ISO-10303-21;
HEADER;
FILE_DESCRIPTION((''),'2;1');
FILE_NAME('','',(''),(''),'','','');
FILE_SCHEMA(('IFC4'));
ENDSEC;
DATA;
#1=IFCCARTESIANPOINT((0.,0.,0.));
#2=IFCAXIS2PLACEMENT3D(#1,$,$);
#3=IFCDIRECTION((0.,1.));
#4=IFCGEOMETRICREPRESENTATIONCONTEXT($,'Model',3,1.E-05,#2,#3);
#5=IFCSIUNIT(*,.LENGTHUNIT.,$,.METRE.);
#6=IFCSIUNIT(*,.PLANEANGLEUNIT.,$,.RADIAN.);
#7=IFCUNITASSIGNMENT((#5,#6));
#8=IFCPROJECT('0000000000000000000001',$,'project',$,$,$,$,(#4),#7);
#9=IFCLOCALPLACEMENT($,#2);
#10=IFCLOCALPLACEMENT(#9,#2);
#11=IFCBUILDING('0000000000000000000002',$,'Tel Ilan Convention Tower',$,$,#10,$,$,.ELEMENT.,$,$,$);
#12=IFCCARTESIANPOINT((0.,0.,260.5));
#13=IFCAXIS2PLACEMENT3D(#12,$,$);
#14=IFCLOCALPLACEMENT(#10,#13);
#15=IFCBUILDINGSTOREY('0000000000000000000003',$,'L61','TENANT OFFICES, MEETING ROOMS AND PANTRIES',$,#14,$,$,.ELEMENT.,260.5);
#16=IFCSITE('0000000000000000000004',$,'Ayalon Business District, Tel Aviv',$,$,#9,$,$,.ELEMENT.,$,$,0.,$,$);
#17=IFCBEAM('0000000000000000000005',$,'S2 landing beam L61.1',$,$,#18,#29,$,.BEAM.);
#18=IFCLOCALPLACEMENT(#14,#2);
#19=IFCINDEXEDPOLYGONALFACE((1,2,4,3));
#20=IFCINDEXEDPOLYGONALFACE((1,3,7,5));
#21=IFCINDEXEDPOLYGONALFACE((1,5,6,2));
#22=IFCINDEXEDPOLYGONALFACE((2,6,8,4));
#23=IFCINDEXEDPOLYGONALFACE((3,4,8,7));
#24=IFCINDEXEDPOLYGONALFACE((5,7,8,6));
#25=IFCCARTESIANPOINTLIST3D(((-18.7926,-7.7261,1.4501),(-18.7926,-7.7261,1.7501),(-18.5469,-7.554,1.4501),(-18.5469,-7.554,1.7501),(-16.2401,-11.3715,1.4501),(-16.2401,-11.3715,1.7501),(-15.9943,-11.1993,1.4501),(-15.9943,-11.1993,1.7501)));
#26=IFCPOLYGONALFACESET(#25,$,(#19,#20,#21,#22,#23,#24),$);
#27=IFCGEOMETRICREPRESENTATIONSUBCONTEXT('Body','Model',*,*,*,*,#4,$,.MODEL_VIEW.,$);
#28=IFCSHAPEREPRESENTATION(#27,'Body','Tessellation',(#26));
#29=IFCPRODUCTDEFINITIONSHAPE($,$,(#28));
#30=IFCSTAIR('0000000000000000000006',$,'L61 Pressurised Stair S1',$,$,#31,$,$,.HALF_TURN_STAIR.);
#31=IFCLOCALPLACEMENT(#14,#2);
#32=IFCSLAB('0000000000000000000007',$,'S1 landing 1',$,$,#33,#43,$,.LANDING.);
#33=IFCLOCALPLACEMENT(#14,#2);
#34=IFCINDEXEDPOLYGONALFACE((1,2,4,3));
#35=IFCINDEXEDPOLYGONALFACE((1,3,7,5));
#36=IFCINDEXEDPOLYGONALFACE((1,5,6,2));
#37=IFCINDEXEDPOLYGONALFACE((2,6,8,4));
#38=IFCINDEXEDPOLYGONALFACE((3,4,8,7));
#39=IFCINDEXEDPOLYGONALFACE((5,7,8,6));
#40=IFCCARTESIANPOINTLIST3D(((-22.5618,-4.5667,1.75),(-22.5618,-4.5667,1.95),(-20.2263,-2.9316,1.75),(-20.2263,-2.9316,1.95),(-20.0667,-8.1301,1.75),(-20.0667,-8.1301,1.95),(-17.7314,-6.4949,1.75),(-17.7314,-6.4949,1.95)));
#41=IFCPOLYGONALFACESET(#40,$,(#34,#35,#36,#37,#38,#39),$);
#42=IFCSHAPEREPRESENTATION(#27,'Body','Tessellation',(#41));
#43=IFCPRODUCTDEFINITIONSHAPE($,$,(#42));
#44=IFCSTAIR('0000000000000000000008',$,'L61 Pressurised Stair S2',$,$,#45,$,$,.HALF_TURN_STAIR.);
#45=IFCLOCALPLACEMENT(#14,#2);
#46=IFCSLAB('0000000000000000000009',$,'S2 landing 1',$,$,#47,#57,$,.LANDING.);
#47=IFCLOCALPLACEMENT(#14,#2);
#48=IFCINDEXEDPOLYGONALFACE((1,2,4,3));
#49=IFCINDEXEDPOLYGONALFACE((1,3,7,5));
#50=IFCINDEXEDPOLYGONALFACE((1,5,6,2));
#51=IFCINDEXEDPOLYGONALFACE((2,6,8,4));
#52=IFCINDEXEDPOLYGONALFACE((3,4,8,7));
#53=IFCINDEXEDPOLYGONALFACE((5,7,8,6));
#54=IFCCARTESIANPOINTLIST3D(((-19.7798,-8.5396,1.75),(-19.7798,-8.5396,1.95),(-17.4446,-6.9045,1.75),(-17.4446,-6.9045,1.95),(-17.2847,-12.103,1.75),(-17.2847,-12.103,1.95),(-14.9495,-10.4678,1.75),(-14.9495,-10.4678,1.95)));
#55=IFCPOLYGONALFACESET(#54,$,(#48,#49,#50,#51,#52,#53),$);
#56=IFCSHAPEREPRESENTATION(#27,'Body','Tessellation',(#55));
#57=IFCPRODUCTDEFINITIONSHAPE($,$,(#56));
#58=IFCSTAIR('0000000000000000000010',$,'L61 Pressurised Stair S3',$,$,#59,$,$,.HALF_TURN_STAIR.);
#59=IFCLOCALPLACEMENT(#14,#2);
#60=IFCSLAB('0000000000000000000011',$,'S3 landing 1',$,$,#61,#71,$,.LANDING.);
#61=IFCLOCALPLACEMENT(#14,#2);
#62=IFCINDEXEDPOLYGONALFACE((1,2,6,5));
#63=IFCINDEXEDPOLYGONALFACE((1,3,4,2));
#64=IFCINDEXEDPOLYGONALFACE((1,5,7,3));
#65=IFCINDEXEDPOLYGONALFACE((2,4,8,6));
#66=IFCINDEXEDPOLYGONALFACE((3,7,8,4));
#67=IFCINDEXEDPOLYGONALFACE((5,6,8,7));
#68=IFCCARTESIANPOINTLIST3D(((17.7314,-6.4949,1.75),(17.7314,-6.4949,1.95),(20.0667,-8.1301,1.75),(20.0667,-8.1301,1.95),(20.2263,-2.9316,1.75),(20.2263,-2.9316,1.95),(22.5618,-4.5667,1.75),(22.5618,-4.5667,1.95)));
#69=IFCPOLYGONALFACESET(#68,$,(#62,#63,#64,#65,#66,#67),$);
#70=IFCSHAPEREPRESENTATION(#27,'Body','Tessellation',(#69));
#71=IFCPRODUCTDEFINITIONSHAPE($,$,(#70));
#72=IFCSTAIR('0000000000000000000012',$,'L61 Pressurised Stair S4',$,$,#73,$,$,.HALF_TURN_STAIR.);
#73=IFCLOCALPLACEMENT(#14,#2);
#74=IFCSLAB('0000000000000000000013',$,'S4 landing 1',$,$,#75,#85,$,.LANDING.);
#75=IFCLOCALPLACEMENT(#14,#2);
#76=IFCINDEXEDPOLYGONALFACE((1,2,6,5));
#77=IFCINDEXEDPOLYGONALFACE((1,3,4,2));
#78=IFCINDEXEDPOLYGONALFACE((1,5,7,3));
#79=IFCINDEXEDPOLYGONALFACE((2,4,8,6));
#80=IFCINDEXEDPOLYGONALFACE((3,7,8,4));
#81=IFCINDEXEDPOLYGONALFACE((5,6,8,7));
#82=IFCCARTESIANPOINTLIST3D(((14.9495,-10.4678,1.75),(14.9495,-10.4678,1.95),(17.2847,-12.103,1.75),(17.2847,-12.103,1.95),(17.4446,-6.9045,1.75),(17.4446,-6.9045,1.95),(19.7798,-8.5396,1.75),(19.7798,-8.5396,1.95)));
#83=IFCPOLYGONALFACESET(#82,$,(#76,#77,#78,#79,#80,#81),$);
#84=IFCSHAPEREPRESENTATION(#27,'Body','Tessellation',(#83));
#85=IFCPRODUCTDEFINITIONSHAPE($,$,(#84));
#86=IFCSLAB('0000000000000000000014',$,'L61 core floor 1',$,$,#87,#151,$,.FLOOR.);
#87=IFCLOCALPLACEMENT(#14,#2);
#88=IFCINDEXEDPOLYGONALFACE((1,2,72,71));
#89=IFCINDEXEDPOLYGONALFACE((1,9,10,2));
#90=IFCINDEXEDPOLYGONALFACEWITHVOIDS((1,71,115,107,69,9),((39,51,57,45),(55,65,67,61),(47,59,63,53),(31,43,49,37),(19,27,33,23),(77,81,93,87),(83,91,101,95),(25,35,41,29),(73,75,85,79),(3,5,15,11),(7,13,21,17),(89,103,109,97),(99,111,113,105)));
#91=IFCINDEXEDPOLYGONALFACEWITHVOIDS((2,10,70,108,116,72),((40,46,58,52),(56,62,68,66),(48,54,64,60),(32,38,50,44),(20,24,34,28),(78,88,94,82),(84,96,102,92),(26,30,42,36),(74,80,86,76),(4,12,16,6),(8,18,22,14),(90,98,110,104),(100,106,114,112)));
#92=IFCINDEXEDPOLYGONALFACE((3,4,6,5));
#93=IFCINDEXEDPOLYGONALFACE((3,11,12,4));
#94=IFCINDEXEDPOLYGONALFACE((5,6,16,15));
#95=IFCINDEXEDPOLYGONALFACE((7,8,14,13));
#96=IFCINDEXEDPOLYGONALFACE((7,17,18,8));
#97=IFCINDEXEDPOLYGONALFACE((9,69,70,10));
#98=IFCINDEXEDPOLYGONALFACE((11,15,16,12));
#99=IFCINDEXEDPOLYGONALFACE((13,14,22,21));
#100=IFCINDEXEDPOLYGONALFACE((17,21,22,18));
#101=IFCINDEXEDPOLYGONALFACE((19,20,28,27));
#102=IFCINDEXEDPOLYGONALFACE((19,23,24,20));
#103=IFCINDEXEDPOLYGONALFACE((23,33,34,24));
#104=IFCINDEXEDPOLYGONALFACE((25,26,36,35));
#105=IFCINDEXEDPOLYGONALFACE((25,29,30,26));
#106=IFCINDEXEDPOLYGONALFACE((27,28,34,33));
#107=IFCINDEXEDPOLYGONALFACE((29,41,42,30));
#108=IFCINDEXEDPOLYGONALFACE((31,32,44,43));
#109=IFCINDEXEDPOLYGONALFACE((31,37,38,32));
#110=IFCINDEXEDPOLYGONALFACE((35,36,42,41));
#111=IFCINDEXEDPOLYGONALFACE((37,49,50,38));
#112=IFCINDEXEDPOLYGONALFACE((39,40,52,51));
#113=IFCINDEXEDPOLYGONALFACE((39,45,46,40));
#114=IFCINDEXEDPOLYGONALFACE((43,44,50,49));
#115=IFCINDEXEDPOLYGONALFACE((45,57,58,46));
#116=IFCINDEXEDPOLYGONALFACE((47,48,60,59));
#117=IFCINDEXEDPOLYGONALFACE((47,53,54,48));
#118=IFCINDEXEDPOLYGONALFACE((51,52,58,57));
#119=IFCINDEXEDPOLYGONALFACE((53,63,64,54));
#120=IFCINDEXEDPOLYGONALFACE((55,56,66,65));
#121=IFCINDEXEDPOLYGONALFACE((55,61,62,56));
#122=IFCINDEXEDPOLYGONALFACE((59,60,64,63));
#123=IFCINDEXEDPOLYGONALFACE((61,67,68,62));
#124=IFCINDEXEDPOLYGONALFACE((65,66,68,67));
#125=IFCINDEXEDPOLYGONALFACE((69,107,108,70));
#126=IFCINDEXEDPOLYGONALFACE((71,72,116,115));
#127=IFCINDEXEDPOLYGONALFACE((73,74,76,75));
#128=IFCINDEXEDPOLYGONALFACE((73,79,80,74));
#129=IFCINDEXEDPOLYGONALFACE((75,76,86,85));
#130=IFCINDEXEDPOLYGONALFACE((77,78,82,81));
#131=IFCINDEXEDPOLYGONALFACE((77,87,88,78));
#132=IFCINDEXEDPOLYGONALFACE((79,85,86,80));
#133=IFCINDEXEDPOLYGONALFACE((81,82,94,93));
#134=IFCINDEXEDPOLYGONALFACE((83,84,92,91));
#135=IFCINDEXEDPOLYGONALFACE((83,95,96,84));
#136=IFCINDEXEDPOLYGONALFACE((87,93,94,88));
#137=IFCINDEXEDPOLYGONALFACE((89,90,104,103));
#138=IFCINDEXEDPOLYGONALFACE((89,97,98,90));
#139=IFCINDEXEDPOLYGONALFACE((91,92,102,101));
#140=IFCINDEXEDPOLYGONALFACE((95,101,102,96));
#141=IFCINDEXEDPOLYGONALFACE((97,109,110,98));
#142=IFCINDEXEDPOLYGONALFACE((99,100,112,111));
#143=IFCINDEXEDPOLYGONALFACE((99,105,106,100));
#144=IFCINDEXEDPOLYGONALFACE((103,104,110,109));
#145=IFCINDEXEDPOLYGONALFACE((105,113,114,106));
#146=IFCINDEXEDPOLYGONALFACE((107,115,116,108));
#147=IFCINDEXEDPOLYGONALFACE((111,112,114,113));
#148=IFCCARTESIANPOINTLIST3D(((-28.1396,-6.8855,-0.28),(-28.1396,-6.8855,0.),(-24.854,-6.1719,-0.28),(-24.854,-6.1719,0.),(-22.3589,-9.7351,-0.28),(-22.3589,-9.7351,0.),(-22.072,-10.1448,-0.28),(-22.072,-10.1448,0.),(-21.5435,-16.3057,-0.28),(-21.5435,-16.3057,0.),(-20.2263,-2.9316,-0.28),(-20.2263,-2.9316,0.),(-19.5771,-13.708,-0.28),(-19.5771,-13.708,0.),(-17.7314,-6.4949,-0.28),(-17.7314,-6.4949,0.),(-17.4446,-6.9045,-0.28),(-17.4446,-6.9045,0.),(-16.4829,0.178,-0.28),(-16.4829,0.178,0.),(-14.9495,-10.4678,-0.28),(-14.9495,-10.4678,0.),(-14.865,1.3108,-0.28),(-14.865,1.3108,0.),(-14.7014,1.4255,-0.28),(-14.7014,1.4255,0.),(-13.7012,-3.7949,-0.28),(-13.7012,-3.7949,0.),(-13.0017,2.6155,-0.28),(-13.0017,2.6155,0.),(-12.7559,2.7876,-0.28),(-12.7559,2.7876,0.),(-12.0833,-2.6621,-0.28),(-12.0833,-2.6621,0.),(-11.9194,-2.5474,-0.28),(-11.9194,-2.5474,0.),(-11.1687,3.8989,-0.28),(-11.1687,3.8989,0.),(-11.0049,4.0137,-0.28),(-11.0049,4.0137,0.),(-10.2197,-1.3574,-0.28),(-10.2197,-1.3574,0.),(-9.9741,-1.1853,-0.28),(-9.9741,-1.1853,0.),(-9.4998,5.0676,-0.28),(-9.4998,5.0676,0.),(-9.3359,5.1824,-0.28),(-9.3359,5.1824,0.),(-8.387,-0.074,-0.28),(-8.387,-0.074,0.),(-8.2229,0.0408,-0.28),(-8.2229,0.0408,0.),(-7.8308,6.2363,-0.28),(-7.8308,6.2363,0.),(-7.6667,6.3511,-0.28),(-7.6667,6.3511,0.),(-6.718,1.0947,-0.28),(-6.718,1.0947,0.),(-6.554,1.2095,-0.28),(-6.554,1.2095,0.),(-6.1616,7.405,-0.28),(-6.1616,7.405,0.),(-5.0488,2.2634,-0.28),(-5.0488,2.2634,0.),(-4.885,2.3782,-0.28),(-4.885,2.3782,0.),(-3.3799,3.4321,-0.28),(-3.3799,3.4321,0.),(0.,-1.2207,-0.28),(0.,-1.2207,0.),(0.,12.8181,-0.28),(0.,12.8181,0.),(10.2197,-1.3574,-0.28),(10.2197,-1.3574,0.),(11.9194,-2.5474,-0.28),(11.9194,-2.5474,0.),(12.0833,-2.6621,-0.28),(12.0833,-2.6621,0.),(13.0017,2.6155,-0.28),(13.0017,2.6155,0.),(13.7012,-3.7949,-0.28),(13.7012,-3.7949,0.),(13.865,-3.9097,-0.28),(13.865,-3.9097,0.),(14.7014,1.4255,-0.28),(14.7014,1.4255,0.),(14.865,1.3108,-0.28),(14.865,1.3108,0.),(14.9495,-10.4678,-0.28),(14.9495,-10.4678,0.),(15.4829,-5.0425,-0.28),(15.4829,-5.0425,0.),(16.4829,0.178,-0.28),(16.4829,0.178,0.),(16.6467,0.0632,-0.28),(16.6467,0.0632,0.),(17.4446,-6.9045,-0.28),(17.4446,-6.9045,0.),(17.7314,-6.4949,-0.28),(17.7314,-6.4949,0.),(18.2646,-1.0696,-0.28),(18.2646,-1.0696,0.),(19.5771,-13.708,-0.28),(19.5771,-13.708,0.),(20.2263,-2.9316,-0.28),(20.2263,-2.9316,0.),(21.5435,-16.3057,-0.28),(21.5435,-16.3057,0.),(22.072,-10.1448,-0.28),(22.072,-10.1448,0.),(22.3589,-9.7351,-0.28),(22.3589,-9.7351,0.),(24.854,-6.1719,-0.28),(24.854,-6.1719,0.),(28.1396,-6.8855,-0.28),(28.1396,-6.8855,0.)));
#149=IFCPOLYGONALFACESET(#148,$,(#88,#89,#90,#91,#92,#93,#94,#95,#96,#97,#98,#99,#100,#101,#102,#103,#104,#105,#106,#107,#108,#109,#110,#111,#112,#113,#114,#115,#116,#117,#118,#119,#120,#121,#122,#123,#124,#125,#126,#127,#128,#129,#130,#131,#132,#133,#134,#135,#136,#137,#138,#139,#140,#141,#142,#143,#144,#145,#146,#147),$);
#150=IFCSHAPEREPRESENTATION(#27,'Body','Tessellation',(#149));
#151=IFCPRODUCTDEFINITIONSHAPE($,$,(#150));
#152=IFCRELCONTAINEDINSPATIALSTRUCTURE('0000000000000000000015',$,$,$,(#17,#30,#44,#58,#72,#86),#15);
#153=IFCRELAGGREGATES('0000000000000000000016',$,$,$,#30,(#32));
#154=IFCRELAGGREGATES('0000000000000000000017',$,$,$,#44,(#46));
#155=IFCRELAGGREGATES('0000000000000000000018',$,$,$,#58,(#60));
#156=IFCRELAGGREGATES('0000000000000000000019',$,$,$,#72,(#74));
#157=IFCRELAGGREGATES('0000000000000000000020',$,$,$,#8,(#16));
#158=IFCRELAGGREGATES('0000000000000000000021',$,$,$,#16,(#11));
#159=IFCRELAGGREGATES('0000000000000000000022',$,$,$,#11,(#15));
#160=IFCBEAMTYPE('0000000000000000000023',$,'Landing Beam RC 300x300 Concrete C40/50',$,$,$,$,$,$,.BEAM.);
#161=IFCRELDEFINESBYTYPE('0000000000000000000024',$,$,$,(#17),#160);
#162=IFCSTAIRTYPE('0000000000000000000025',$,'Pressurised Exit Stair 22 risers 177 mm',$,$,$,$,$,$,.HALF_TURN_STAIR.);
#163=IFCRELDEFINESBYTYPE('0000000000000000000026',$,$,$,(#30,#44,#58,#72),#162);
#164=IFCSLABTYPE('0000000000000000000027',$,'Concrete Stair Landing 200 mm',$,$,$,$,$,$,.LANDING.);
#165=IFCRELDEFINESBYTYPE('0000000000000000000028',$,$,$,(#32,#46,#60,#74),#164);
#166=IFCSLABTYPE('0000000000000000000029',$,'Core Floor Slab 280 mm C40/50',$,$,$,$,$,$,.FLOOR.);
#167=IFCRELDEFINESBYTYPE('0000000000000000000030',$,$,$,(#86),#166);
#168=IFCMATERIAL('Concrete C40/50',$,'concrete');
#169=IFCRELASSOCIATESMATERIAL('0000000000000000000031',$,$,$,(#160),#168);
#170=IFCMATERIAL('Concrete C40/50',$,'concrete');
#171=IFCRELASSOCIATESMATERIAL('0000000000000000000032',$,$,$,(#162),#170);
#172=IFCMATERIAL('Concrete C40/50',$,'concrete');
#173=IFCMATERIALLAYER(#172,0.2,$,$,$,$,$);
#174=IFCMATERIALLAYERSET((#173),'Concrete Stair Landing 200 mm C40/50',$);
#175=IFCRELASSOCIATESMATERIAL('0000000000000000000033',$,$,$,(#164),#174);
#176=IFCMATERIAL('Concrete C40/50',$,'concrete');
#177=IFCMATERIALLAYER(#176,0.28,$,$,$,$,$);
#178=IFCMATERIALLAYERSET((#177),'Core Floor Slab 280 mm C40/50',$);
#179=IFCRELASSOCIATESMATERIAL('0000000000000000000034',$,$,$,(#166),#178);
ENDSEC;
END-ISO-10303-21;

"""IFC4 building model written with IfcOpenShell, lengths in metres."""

from ifc_helpers import new_model, si_unit, direction, frame, origin, origin_2d, place, context, subcontext, project, spatial, polyline, rectangle, outline, extrude, material, layer, layer_set, material_profile, profile_set, type_object, element, aggregate, save


model = new_model("IFC4")

# Units and contexts
model_context = context("Model", 3, precision=1e-05, world=origin(), true_north=direction((0.0, 1.0)))
body_context = subcontext(model_context, "Body", "Model", "MODEL_VIEW")
ifc_project = project(units=[si_unit("LENGTHUNIT", "METRE"), si_unit("PLANEANGLEUNIT", "RADIAN")], contexts=[model_context])

# Site, building, storey
site_placement = place(None, origin())
site = spatial("IfcSite", under=ifc_project, at=site_placement, Name="Ayalon Business District, Tel Aviv", CompositionType="ELEMENT", RefElevation=0.0)
building_placement = place(site_placement, origin())
building = spatial("IfcBuilding", under=site, at=building_placement, Name="Tel Ilan Convention Tower", CompositionType="ELEMENT")
storey_placement = place(building_placement, frame((0.0, 0.0, 260.5)))
storey = spatial("IfcBuildingStorey", under=building, at=storey_placement, Name="L61", Description="TENANT OFFICES, MEETING ROOMS AND PANTRIES", CompositionType="ELEMENT", Elevation=260.5)

# Beam
ifc_material_1 = material(Name="Concrete C40/50", Category="concrete")
ifc_material_profile = material_profile(ifc_material_1, rectangle(XDim=0.3, YDim=0.3, at=origin_2d()), Name="RC 300x300")
ifc_profile_set = profile_set([ifc_material_profile], Name="Concrete C40/50")
beam_type = type_object("IfcBeamType", Name="Landing Beam RC 300x300 Concrete C40/50", PredefinedType="BEAM", material=ifc_profile_set)
beam_placement = place(storey_placement, frame((-16.1172, -11.2854, 1.6001), z_axis=(-0.573584, 0.819147, 0.0), x_axis=(-0.819147, -0.573584, 0.0)))
element("IfcBeam", 1, at=beam_placement, inside=storey, type_object=beam_type, Name="S2 landing beam L61.1", PredefinedType="BEAM", context=body_context, shape_type="SweptSolid", body=[
    extrude(rectangle(XDim=0.3, YDim=0.3, at=origin_2d()), origin(), (0.0, 0.0, 1.0), 4.4502),
])

# Stairs, slabs
ifc_material_2 = material(Name="Concrete C40/50", Category="concrete")
stair_type = type_object("IfcStairType", Name="Pressurised Exit Stair 22 risers 177 mm", PredefinedType="HALF_TURN_STAIR", material=ifc_material_2)
stair_1_placement = place(storey_placement, origin())
stair_1 = element("IfcStair", 2, at=stair_1_placement, inside=storey, type_object=stair_type, Name="L61 Pressurised Stair S1", PredefinedType="HALF_TURN_STAIR")
ifc_material_3 = material(Name="Concrete C40/50", Category="concrete")
ifc_layer_1 = layer(ifc_material_3, 0.2)
ifc_layer_set_1 = layer_set([ifc_layer_1], Name="Concrete Stair Landing 200 mm C40/50")
slab_type_1 = type_object("IfcSlabType", Name="Concrete Stair Landing 200 mm", PredefinedType="LANDING", material=ifc_layer_set_1)
slab_1_placement = place(storey_placement, frame((0.0, 0.0, 1.75)))
slab_1 = element("IfcSlab", 3, at=slab_1_placement, type_object=slab_type_1, Name="S1 landing 1", PredefinedType="LANDING", context=body_context, shape_type="SweptSolid", body=[
    extrude(outline(polyline([(-20.0667, -8.1301), (-17.7314, -6.4949), (-20.2263, -2.9316), (-22.5618, -4.5667), (-20.0667, -8.1301)])), origin(), (0.0, 0.0, 1.0), 0.2),
])
aggregate(stair_1, [slab_1])
stair_2_placement = place(storey_placement, origin())
stair_2 = element("IfcStair", 4, at=stair_2_placement, inside=storey, type_object=stair_type, Name="L61 Pressurised Stair S2", PredefinedType="HALF_TURN_STAIR")
slab_2_placement = place(storey_placement, frame((0.0, 0.0, 1.75)))
slab_2 = element("IfcSlab", 5, at=slab_2_placement, type_object=slab_type_1, Name="S2 landing 1", PredefinedType="LANDING", context=body_context, shape_type="SweptSolid", body=[
    extrude(outline(polyline([(-17.2847, -12.103), (-14.9495, -10.4678), (-17.4446, -6.9045), (-19.7798, -8.5396), (-17.2847, -12.103)])), origin(), (0.0, 0.0, 1.0), 0.2),
])
aggregate(stair_2, [slab_2])
stair_3_placement = place(storey_placement, origin())
stair_3 = element("IfcStair", 6, at=stair_3_placement, inside=storey, type_object=stair_type, Name="L61 Pressurised Stair S3", PredefinedType="HALF_TURN_STAIR")
slab_3_placement = place(storey_placement, frame((0.0, 0.0, 1.75)))
slab_3 = element("IfcSlab", 7, at=slab_3_placement, type_object=slab_type_1, Name="S3 landing 1", PredefinedType="LANDING", context=body_context, shape_type="SweptSolid", body=[
    extrude(outline(polyline([(22.5618, -4.5667), (20.2263, -2.9316), (17.7314, -6.4949), (20.0667, -8.1301), (22.5618, -4.5667)])), origin(), (0.0, 0.0, 1.0), 0.2),
])
aggregate(stair_3, [slab_3])
stair_4_placement = place(storey_placement, origin())
stair_4 = element("IfcStair", 8, at=stair_4_placement, inside=storey, type_object=stair_type, Name="L61 Pressurised Stair S4", PredefinedType="HALF_TURN_STAIR")
slab_4_placement = place(storey_placement, frame((0.0, 0.0, 1.75)))
slab_4 = element("IfcSlab", 9, at=slab_4_placement, type_object=slab_type_1, Name="S4 landing 1", PredefinedType="LANDING", context=body_context, shape_type="SweptSolid", body=[
    extrude(outline(polyline([(19.7798, -8.5396), (17.4446, -6.9045), (14.9495, -10.4678), (17.2847, -12.103), (19.7798, -8.5396)])), origin(), (0.0, 0.0, 1.0), 0.2),
])
aggregate(stair_4, [slab_4])

# Slab
ifc_material_4 = material(Name="Concrete C40/50", Category="concrete")
ifc_layer_2 = layer(ifc_material_4, 0.28)
ifc_layer_set_2 = layer_set([ifc_layer_2], Name="Core Floor Slab 280 mm C40/50")
slab_type_2 = type_object("IfcSlabType", Name="Core Floor Slab 280 mm C40/50", PredefinedType="FLOOR", material=ifc_layer_set_2)
slab_5_placement = place(storey_placement, frame((0.0, 0.0, -0.28)))
element("IfcSlab", 10, at=slab_5_placement, inside=storey, type_object=slab_type_2, Name="L61 core floor 1", PredefinedType="FLOOR", context=body_context, shape_type="SweptSolid", body=[
    extrude(outline(polyline([(-28.1396, -6.8855), (0.0, 12.8181), (28.1396, -6.8855), (21.5435, -16.3057), (0.0, -1.2207), (-21.5435, -16.3057), (-28.1396, -6.8855)]), holes=[polyline([(-17.4446, -6.9045), (-22.072, -10.1448), (-19.5771, -13.708), (-14.9495, -10.4678), (-17.4446, -6.9045)]), polyline([(-17.7314, -6.4949), (-20.2263, -2.9316), (-24.854, -6.1719), (-22.3589, -9.7351), (-17.7314, -6.4949)]), polyline([(-14.865, 1.3108), (-16.4829, 0.178), (-13.7012, -3.7949), (-12.0833, -2.6621), (-14.865, 1.3108)]), polyline([(-14.7014, 1.4255), (-11.9194, -2.5474), (-10.2197, -1.3574), (-13.0017, 2.6155), (-14.7014, 1.4255)]), polyline([(-11.1687, 3.8989), (-12.7559, 2.7876), (-9.9741, -1.1853), (-8.387, -0.074), (-11.1687, 3.8989)]), polyline([(-9.4998, 5.0676), (-11.0049, 4.0137), (-8.2229, 0.0408), (-6.718, 1.0947), (-9.4998, 5.0676)]), polyline([(-9.3359, 5.1824), (-6.554, 1.2095), (-5.0488, 2.2634), (-7.8308, 6.2363), (-9.3359, 5.1824)]), polyline([(17.4446, -6.9045), (14.9495, -10.4678), (19.5771, -13.708), (22.072, -10.1448), (17.4446, -6.9045)]), polyline([(20.2263, -2.9316), (17.7314, -6.4949), (22.3589, -9.7351), (24.854, -6.1719), (20.2263, -2.9316)]), polyline([(15.4829, -5.0425), (18.2646, -1.0696), (16.6467, 0.0632), (13.865, -3.9097), (15.4829, -5.0425)]), polyline([(13.7012, -3.7949), (16.4829, 0.178), (14.865, 1.3108), (12.0833, -2.6621), (13.7012, -3.7949)]), polyline([(11.9194, -2.5474), (14.7014, 1.4255), (13.0017, 2.6155), (10.2197, -1.3574), (11.9194, -2.5474)]), polyline([(-6.1616, 7.405), (-7.6667, 6.3511), (-4.885, 2.3782), (-3.3799, 3.4321), (-6.1616, 7.405)])]), origin(), (0.0, 0.0, 1.0), 0.28),
])

save(model, "model.ifc")
